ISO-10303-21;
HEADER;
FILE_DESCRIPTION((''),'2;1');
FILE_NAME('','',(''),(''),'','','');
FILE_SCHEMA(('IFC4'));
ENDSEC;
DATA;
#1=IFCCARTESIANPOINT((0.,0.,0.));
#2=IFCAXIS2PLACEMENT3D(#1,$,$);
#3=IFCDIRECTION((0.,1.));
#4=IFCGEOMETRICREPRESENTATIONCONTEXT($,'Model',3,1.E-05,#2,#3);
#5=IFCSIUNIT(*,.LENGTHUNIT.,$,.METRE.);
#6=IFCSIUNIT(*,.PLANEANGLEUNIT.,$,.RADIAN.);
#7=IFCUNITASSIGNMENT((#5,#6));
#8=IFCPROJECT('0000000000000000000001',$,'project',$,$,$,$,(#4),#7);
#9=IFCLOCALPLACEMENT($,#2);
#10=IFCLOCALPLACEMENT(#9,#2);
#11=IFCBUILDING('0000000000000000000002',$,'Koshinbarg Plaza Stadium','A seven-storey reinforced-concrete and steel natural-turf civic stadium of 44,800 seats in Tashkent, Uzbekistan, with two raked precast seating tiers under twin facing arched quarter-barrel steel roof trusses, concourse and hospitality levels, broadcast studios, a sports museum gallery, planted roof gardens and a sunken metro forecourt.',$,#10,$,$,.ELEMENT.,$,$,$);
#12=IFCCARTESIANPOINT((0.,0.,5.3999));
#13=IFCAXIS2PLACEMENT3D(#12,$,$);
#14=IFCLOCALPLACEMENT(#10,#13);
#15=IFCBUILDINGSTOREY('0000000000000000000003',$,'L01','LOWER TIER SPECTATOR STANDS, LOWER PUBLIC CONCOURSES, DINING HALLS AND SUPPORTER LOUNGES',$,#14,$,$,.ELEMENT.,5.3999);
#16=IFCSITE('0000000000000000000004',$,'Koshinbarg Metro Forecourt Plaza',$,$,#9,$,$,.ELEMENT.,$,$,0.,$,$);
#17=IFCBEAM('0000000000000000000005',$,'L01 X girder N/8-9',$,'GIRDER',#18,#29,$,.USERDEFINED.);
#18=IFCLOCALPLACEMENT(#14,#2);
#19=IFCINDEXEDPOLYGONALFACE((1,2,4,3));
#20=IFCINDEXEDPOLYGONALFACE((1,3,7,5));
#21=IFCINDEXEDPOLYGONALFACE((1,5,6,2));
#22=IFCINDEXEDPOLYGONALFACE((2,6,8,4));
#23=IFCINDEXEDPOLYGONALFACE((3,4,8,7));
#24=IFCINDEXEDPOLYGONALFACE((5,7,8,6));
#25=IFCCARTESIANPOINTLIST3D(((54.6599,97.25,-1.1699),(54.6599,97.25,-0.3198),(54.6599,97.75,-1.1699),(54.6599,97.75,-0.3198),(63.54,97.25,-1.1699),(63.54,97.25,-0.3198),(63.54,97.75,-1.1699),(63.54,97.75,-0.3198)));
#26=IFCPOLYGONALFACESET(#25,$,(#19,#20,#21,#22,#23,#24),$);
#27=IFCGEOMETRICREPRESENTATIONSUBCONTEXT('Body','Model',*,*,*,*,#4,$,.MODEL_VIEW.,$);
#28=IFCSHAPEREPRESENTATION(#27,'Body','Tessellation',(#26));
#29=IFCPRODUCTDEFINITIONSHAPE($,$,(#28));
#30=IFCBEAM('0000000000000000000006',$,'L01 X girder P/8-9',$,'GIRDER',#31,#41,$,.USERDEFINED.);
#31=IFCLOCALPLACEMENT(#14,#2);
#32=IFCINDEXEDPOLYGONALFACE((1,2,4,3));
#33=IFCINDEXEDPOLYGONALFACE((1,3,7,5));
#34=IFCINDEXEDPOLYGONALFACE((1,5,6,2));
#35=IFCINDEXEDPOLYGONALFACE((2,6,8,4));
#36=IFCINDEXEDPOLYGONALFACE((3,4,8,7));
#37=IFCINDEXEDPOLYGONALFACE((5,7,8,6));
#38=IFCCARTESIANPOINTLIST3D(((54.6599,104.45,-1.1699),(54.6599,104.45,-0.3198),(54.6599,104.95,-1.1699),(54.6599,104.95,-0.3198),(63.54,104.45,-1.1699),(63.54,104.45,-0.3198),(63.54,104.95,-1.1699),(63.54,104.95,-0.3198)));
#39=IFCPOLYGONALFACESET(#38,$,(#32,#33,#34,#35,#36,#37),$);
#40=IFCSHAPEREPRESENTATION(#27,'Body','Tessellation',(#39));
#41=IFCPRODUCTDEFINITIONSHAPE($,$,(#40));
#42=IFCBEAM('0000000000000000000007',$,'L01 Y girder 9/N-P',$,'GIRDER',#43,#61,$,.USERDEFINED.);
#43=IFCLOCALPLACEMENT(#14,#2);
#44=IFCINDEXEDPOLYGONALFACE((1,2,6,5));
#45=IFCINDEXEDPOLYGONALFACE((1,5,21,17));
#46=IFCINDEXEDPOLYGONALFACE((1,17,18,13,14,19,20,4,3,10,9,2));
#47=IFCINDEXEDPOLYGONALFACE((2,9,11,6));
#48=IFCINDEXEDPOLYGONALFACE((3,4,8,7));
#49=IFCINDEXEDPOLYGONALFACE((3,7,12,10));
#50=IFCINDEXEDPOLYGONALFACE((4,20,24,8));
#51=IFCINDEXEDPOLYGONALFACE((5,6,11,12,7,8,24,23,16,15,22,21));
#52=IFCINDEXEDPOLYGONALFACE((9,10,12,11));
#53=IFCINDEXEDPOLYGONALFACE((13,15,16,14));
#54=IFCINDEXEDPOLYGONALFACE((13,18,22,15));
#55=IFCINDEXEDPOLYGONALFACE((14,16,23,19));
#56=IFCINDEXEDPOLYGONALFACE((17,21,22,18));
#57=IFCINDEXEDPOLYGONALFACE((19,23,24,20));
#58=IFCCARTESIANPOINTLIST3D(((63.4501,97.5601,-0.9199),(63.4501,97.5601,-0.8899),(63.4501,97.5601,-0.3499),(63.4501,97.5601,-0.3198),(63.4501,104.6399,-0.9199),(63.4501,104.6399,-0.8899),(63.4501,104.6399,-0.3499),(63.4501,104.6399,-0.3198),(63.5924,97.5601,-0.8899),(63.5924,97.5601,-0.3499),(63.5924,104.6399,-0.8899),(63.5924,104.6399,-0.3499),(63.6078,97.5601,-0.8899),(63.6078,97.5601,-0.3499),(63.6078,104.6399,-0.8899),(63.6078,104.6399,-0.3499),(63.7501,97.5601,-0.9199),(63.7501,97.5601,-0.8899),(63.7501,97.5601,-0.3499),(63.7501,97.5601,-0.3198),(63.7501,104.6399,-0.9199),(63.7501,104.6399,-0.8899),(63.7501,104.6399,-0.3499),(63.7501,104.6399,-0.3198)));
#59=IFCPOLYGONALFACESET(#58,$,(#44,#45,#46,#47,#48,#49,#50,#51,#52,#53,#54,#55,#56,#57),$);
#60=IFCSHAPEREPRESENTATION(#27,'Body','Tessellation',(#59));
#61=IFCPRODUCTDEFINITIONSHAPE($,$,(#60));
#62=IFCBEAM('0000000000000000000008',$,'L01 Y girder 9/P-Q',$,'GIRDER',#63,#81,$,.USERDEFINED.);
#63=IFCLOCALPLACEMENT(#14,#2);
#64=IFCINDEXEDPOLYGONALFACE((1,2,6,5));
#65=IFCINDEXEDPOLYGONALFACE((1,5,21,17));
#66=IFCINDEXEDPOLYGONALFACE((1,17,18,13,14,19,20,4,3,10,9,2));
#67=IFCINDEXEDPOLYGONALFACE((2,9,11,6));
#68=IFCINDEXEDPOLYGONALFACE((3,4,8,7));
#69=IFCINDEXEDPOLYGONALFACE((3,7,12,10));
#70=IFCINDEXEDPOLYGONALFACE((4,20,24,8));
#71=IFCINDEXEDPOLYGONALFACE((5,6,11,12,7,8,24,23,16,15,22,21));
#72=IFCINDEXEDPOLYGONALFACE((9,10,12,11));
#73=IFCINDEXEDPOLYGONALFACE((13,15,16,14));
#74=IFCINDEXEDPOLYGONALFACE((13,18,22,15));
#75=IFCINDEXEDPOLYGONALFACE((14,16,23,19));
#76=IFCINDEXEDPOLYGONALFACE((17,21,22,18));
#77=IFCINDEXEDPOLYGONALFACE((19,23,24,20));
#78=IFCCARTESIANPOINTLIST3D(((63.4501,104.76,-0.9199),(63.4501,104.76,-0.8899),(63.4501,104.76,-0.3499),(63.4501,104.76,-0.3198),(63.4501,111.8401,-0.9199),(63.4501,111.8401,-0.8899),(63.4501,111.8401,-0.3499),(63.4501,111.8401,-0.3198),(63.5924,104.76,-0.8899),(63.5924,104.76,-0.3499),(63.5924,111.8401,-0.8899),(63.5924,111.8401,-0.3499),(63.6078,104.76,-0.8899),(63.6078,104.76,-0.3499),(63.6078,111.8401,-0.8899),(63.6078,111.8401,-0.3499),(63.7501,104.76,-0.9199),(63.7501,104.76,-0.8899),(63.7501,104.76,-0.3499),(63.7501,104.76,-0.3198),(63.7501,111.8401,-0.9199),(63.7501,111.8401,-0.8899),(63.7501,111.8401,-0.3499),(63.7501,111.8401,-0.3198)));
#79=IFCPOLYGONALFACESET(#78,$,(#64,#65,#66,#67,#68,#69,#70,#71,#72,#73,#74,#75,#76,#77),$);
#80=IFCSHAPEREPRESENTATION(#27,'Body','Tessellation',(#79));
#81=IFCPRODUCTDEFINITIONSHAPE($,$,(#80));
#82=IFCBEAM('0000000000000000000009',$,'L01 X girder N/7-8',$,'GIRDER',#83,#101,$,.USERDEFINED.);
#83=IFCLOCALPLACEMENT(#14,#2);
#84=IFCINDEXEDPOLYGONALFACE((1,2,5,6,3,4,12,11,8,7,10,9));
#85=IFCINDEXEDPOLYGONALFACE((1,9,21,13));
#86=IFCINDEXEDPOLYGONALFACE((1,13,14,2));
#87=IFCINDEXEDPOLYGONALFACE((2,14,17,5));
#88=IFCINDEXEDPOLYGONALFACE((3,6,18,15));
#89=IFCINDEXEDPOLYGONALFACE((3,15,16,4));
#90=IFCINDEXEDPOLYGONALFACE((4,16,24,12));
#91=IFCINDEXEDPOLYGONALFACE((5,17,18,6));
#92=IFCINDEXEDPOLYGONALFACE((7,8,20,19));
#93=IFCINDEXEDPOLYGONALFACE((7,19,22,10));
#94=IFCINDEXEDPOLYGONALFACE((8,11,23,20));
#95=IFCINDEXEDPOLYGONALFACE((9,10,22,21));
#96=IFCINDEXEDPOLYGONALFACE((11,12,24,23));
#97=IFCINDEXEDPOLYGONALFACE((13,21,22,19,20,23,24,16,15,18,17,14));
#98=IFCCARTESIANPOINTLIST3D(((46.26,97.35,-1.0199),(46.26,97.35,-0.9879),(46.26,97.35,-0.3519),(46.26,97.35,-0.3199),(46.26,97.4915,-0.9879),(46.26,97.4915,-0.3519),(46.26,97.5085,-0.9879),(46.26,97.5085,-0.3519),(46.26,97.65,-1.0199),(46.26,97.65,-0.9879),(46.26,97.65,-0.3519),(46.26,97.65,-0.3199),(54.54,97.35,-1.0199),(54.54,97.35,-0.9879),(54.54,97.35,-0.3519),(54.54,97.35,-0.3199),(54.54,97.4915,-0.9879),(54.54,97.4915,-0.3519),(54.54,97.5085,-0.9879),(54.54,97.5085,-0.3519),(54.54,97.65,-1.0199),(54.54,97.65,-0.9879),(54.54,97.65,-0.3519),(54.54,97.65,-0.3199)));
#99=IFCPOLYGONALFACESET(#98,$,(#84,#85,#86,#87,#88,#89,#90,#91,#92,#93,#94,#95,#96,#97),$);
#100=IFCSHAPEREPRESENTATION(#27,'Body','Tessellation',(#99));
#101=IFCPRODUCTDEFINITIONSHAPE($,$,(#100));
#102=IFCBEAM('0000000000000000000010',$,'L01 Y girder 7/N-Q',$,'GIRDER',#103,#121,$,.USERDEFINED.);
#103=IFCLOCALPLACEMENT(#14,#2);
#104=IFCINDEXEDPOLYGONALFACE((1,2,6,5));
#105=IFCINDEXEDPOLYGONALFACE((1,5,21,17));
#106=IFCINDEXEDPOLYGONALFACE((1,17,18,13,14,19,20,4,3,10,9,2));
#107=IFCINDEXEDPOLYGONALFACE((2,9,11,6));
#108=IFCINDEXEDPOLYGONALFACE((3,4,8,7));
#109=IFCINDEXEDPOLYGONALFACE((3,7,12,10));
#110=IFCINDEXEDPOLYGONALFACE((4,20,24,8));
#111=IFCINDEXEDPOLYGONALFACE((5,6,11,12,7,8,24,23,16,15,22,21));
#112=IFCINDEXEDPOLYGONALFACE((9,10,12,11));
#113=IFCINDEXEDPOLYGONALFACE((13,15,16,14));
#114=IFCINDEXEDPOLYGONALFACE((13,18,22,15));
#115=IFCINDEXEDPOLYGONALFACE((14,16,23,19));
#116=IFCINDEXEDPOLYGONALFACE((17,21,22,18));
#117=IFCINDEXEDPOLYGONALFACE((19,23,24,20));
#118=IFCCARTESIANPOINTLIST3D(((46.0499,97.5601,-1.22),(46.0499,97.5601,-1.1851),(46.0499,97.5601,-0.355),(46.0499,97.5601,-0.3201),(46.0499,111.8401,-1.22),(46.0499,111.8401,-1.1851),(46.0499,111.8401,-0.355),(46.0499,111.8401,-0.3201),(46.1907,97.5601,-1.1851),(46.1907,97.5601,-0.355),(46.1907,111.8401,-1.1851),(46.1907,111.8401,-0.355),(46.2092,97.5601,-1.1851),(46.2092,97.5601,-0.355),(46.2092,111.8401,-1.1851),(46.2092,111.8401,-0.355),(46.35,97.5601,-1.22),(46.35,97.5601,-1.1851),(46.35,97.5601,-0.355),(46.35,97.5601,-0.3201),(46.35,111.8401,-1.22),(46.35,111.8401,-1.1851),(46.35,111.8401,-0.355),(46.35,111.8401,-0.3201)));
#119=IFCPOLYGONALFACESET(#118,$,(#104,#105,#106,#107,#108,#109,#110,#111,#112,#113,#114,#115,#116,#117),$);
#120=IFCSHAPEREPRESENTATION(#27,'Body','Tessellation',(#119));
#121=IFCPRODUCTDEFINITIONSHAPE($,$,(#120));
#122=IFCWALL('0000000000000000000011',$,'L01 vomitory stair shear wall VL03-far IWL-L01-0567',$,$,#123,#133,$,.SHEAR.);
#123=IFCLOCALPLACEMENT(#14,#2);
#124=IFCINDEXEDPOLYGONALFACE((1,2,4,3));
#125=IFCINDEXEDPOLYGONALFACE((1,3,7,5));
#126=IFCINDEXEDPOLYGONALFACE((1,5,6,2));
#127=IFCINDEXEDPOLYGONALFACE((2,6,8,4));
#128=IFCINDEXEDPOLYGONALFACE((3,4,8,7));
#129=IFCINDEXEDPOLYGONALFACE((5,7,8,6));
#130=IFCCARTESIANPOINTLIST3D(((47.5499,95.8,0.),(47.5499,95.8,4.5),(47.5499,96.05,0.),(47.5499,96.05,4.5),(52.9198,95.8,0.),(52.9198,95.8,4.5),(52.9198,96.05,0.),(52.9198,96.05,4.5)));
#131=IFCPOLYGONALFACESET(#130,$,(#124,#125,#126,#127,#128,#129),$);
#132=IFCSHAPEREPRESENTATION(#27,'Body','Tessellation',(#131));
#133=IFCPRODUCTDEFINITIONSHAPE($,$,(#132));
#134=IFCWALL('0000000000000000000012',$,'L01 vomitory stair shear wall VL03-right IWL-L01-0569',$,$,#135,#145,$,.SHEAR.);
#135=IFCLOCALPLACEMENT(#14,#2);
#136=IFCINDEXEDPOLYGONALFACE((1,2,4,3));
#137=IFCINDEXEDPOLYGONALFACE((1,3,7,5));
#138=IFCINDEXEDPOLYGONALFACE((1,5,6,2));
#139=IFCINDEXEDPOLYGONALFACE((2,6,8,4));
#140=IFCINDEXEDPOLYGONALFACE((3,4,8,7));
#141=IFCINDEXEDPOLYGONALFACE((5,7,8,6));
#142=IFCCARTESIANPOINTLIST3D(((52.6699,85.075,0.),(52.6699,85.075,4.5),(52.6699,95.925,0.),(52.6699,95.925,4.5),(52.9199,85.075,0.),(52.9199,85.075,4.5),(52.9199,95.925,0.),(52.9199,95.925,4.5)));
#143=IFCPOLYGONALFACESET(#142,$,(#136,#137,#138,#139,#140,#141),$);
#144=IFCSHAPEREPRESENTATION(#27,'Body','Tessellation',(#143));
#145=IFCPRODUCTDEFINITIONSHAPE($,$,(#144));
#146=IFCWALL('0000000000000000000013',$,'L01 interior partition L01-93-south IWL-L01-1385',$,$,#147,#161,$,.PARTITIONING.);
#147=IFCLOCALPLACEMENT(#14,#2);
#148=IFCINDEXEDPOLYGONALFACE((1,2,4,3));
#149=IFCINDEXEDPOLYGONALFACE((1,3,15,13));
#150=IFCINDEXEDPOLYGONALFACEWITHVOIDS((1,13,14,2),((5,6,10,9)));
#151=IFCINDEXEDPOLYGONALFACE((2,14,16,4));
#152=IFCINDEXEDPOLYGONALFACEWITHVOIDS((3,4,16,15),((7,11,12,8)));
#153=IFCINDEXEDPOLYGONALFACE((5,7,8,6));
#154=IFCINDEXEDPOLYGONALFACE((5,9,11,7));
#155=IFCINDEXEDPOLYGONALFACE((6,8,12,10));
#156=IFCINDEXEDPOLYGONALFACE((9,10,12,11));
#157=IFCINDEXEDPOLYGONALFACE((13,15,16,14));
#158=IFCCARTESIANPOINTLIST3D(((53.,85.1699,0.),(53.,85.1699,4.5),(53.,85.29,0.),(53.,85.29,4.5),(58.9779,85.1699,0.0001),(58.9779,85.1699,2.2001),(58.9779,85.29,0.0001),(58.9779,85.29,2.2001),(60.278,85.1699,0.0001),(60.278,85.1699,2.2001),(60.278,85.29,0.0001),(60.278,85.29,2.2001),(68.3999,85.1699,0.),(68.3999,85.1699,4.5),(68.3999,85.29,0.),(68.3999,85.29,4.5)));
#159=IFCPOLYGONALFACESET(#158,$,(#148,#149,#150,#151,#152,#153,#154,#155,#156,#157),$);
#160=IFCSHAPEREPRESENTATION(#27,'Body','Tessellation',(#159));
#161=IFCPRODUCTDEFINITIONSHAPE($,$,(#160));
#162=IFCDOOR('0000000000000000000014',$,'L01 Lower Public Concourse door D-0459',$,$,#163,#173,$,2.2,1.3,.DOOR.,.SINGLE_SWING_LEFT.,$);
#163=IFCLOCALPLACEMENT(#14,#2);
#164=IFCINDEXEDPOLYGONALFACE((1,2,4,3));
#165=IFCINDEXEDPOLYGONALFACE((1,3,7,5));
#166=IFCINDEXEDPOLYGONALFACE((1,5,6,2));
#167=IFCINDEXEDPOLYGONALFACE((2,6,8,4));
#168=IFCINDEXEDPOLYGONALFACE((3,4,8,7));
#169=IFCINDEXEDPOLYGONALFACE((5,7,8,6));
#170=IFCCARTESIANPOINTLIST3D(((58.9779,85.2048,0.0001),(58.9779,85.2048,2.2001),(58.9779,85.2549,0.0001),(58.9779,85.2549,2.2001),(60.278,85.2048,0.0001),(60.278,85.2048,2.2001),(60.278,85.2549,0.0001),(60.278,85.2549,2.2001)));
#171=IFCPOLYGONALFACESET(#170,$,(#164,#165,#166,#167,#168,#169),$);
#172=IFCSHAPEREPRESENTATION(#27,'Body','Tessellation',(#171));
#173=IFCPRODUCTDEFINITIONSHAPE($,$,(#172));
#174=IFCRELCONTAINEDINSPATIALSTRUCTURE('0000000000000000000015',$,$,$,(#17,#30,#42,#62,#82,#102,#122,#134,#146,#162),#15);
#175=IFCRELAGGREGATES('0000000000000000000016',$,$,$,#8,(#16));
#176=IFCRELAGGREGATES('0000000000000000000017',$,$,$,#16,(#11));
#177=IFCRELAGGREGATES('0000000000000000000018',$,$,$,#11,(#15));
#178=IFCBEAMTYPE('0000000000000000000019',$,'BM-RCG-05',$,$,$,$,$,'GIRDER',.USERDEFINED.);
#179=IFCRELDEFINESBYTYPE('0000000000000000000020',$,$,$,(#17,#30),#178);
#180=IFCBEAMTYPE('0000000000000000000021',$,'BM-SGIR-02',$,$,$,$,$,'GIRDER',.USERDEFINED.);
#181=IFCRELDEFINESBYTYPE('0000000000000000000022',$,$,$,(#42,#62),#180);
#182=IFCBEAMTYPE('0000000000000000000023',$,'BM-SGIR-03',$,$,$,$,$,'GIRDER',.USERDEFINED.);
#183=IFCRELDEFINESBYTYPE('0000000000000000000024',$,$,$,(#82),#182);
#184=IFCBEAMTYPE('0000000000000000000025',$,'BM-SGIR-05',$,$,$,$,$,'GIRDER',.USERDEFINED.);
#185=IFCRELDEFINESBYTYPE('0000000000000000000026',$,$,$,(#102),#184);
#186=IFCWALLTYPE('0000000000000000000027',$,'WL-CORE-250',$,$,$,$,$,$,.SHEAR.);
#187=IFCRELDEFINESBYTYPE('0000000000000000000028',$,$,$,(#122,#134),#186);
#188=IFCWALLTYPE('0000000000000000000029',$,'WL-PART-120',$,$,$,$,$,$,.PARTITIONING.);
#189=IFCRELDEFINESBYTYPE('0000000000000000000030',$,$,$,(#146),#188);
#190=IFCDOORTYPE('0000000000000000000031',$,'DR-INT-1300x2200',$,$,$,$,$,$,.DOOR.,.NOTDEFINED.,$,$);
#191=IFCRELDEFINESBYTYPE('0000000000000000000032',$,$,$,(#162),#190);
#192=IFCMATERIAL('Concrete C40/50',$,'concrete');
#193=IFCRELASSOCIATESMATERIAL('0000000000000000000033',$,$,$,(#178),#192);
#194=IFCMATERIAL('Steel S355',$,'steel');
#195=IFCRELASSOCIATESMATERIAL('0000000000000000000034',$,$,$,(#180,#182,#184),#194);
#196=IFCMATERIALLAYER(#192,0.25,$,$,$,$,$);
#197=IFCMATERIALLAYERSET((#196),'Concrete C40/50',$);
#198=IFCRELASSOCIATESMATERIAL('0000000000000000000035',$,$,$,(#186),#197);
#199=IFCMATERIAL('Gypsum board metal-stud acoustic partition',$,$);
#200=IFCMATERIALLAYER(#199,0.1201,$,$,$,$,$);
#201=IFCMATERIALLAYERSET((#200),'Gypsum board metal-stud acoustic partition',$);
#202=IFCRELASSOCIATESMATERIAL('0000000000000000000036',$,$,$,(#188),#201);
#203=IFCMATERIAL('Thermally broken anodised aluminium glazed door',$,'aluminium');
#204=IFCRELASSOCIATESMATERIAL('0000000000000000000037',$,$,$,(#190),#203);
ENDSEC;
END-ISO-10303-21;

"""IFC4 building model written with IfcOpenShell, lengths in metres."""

from ifc_helpers import new_model, si_unit, direction, frame, frame_2d, origin, origin_2d, place, context, subcontext, project, spatial, rectangle, i_section, extrude, material, layer, layer_set, material_profile, profile_set, type_object, element, fill, save


model = new_model("IFC4")

# Units and contexts
model_context = context("Model", 3, precision=1e-05, world=origin(), true_north=direction((0.0, 1.0)))
body_context = subcontext(model_context, "Body", "Model", "MODEL_VIEW")
ifc_project = project(units=[si_unit("LENGTHUNIT", "METRE"), si_unit("PLANEANGLEUNIT", "RADIAN")], contexts=[model_context])

# Site, building, storey
site_placement = place(None, origin())
site = spatial("IfcSite", under=ifc_project, at=site_placement, Name="Koshinbarg Metro Forecourt Plaza", CompositionType="ELEMENT", RefElevation=0.0)
building_placement = place(site_placement, origin())
building = spatial("IfcBuilding", under=site, at=building_placement, Name="Koshinbarg Plaza Stadium", Description="A seven-storey reinforced-concrete and steel natural-turf civic stadium of 44,800 seats in Tashkent, Uzbekistan, with two raked precast seating tiers under twin facing arched quarter-barrel steel roof trusses, concourse and hospitality levels, broadcast studios, a sports museum gallery, planted roof gardens and a sunken metro forecourt.", CompositionType="ELEMENT")
storey_placement = place(building_placement, frame((0.0, 0.0, 5.3999)))
storey = spatial("IfcBuildingStorey", under=building, at=storey_placement, Name="L01", Description="LOWER TIER SPECTATOR STANDS, LOWER PUBLIC CONCOURSES, DINING HALLS AND SUPPORTER LOUNGES", CompositionType="ELEMENT", Elevation=5.3999)

# Shared definitions
ifc_material_1 = material(Name="Concrete C40/50", Category="concrete")

# Beams
ifc_material_profile_1 = material_profile(ifc_material_1, rectangle(XDim=0.5, YDim=0.8501, at=origin_2d()), Name="RC 500x850")
ifc_profile_set_1 = profile_set([ifc_material_profile_1], Name="Concrete C40/50")
beam_type_1 = type_object("IfcBeamType", Name="BM-RCG-05", ElementType="GIRDER", PredefinedType="USERDEFINED", material=ifc_profile_set_1)
for number, where, z_axis, x_axis, name in (
    (1, (54.6599, 97.5, -0.7449), (1.0, 0.0, 0.0), (0.0, 1.0, 0.0), "L01 X girder N/8-9"),
    (2, (54.6599, 104.7, -0.7449), (1.0, 0.0, 0.0), (0.0, 1.0, 0.0), "L01 X girder P/8-9"),
):
    element("IfcBeam", number, at=place(storey_placement, frame(where, z_axis=z_axis, x_axis=x_axis)), inside=storey, type_object=beam_type_1, Name=name, ObjectType="GIRDER", PredefinedType="USERDEFINED", context=body_context, shape_type="SweptSolid", body=[
        extrude(rectangle(XDim=0.5, YDim=0.8501, at=origin_2d()), origin(), (0.0, 0.0, 1.0), 8.8801),
    ])
ifc_material_2 = material(Name="Steel S355", Category="steel")
ifc_material_profile_2 = material_profile(ifc_material_2, i_section(OverallWidth=0.3, OverallDepth=0.6001, WebThickness=0.0154, FlangeThickness=0.03, at=origin_2d()), Name="HEB 600")
ifc_profile_set_2 = profile_set([ifc_material_profile_2], Name="Steel S355")
beam_type_2 = type_object("IfcBeamType", Name="BM-SGIR-02", ElementType="GIRDER", PredefinedType="USERDEFINED", material=ifc_profile_set_2)
beam_1_placement = place(storey_placement, frame((63.6001, 97.5601, -0.6199), z_axis=(0.0, 1.0, 0.0), x_axis=(-1.0, 0.0, 0.0)))
element("IfcBeam", 3, at=beam_1_placement, inside=storey, type_object=beam_type_2, Name="L01 Y girder 9/N-P", ObjectType="GIRDER", PredefinedType="USERDEFINED", context=body_context, shape_type="SweptSolid", body=[
    extrude(i_section(OverallWidth=0.3, OverallDepth=0.6001, WebThickness=0.0154, FlangeThickness=0.03, at=origin_2d()), origin(), (0.0, 0.0, 1.0), 7.0798),
])
beam_2_placement = place(storey_placement, frame((63.6001, 104.76, -0.6199), z_axis=(0.0, 1.0, 0.0), x_axis=(-1.0, 0.0, 0.0)))
element("IfcBeam", 4, at=beam_2_placement, inside=storey, type_object=beam_type_2, Name="L01 Y girder 9/P-Q", ObjectType="GIRDER", PredefinedType="USERDEFINED", context=body_context, shape_type="SweptSolid", body=[
    extrude(i_section(OverallWidth=0.3, OverallDepth=0.6001, WebThickness=0.0154, FlangeThickness=0.03, at=origin_2d()), origin(), (0.0, 0.0, 1.0), 7.0801),
])
ifc_material_profile_3 = material_profile(ifc_material_2, i_section(OverallWidth=0.3, OverallDepth=0.7, WebThickness=0.0171, FlangeThickness=0.032, at=origin_2d()), Name="HEB 700")
ifc_profile_set_3 = profile_set([ifc_material_profile_3], Name="Steel S355")
beam_type_3 = type_object("IfcBeamType", Name="BM-SGIR-03", ElementType="GIRDER", PredefinedType="USERDEFINED", material=ifc_profile_set_3)
beam_3_placement = place(storey_placement, frame((46.26, 97.5, -0.6699), z_axis=(1.0, 0.0, 0.0), x_axis=(0.0, 1.0, 0.0)))
element("IfcBeam", 5, at=beam_3_placement, inside=storey, type_object=beam_type_3, Name="L01 X girder N/7-8", ObjectType="GIRDER", PredefinedType="USERDEFINED", context=body_context, shape_type="SweptSolid", body=[
    extrude(i_section(OverallWidth=0.3, OverallDepth=0.7, WebThickness=0.0171, FlangeThickness=0.032, at=origin_2d()), origin(), (0.0, 0.0, 1.0), 8.28),
])
ifc_material_profile_4 = material_profile(ifc_material_2, i_section(OverallWidth=0.3, OverallDepth=0.8999, WebThickness=0.0186, FlangeThickness=0.0349, at=origin_2d()), Name="HEB 900")
ifc_profile_set_4 = profile_set([ifc_material_profile_4], Name="Steel S355")
beam_type_4 = type_object("IfcBeamType", Name="BM-SGIR-05", ElementType="GIRDER", PredefinedType="USERDEFINED", material=ifc_profile_set_4)
beam_4_placement = place(storey_placement, frame((46.2, 97.5601, -0.77), z_axis=(0.0, 1.0, 0.0), x_axis=(-1.0, 0.0, 0.0)))
element("IfcBeam", 6, at=beam_4_placement, inside=storey, type_object=beam_type_4, Name="L01 Y girder 7/N-Q", ObjectType="GIRDER", PredefinedType="USERDEFINED", context=body_context, shape_type="SweptSolid", body=[
    extrude(i_section(OverallWidth=0.3, OverallDepth=0.8999, WebThickness=0.0186, FlangeThickness=0.0349, at=origin_2d()), origin(), (0.0, 0.0, 1.0), 14.28),
])

# Walls
ifc_layer_1 = layer(ifc_material_1, 0.25)
ifc_layer_set_1 = layer_set([ifc_layer_1], Name="Concrete C40/50")
wall_type_1 = type_object("IfcWallType", Name="WL-CORE-250", PredefinedType="SHEAR", material=ifc_layer_set_1)
wall_1_placement = place(storey_placement, frame((52.9199, 95.925, 0.0), z_axis=(0.0, 0.0, 1.0), x_axis=(-1.0, 0.0, 0.0)))
element("IfcWall", 7, at=wall_1_placement, inside=storey, type_object=wall_type_1, Name="L01 vomitory stair shear wall VL03-far IWL-L01-0567", PredefinedType="SHEAR", context=body_context, shape_type="SweptSolid", body=[
    extrude(rectangle(XDim=5.3699, YDim=0.25, at=frame_2d((2.6851, 0.0))), origin(), (0.0, 0.0, 1.0), 4.5),
])
wall_2_placement = place(storey_placement, frame((52.7949, 85.075, 0.0), z_axis=(0.0, 0.0, 1.0), x_axis=(0.0, 1.0, 0.0)))
element("IfcWall", 8, at=wall_2_placement, inside=storey, type_object=wall_type_1, Name="L01 vomitory stair shear wall VL03-right IWL-L01-0569", PredefinedType="SHEAR", context=body_context, shape_type="SweptSolid", body=[
    extrude(rectangle(XDim=10.8501, YDim=0.25, at=frame_2d((5.425, 0.0))), origin(), (0.0, 0.0, 1.0), 4.5),
])

# Wall, opening, door
ifc_material_3 = material(Name="Gypsum board metal-stud acoustic partition")
ifc_layer_2 = layer(ifc_material_3, 0.1201)
ifc_layer_set_2 = layer_set([ifc_layer_2], Name="Gypsum board metal-stud acoustic partition")
wall_type_2 = type_object("IfcWallType", Name="WL-PART-120", PredefinedType="PARTITIONING", material=ifc_layer_set_2)
wall_3_placement = place(storey_placement, frame((53.0, 85.23, 0.0), z_axis=(0.0, 0.0, 1.0), x_axis=(1.0, 0.0, 0.0)))
wall_3 = element("IfcWall", 9, at=wall_3_placement, inside=storey, type_object=wall_type_2, Name="L01 interior partition L01-93-south IWL-L01-1385", PredefinedType="PARTITIONING", context=body_context, shape_type="SweptSolid", body=[
    extrude(rectangle(XDim=15.3999, YDim=0.1201, at=frame_2d((7.7, 0.0))), origin(), (0.0, 0.0, 1.0), 4.5),
])
opening_placement = place(wall_3_placement, frame((5.978, 0.0, 0.0)))
opening = element("IfcOpeningElement", 10, at=opening_placement, cuts=wall_3, PredefinedType="OPENING", context=body_context, shape_type="SweptSolid", body=[
    extrude(rectangle(XDim=1.3, YDim=2.2, at=frame_2d((0.6499, 1.1001))), frame((0.0, 0.0701, 0.0), z_axis=(0.0, -1.0, 0.0), x_axis=(1.0, 0.0, 0.0)), (0.0, 0.0, 1.0), 0.1401),
])
ifc_material_4 = material(Name="Thermally broken anodised aluminium glazed door", Category="aluminium")
door_type = type_object("IfcDoorType", Name="DR-INT-1300x2200", OperationType="NOTDEFINED", PredefinedType="DOOR", material=ifc_material_4)
door_placement = place(opening_placement, origin())
door = element("IfcDoor", 11, at=door_placement, inside=storey, type_object=door_type, Name="L01 Lower Public Concourse door D-0459", OperationType="SINGLE_SWING_LEFT", OverallHeight=2.2, OverallWidth=1.3, PredefinedType="DOOR", context=body_context, shape_type="SweptSolid", body=[
    extrude(rectangle(XDim=1.3, YDim=2.2, at=frame_2d((0.6499, 1.1001))), frame((0.0, 0.0249, 0.0), z_axis=(0.0, -1.0, 0.0), x_axis=(1.0, 0.0, 0.0)), (0.0, 0.0, 1.0), 0.05),
])
fill(opening, door)

save(model, "model.ifc")
